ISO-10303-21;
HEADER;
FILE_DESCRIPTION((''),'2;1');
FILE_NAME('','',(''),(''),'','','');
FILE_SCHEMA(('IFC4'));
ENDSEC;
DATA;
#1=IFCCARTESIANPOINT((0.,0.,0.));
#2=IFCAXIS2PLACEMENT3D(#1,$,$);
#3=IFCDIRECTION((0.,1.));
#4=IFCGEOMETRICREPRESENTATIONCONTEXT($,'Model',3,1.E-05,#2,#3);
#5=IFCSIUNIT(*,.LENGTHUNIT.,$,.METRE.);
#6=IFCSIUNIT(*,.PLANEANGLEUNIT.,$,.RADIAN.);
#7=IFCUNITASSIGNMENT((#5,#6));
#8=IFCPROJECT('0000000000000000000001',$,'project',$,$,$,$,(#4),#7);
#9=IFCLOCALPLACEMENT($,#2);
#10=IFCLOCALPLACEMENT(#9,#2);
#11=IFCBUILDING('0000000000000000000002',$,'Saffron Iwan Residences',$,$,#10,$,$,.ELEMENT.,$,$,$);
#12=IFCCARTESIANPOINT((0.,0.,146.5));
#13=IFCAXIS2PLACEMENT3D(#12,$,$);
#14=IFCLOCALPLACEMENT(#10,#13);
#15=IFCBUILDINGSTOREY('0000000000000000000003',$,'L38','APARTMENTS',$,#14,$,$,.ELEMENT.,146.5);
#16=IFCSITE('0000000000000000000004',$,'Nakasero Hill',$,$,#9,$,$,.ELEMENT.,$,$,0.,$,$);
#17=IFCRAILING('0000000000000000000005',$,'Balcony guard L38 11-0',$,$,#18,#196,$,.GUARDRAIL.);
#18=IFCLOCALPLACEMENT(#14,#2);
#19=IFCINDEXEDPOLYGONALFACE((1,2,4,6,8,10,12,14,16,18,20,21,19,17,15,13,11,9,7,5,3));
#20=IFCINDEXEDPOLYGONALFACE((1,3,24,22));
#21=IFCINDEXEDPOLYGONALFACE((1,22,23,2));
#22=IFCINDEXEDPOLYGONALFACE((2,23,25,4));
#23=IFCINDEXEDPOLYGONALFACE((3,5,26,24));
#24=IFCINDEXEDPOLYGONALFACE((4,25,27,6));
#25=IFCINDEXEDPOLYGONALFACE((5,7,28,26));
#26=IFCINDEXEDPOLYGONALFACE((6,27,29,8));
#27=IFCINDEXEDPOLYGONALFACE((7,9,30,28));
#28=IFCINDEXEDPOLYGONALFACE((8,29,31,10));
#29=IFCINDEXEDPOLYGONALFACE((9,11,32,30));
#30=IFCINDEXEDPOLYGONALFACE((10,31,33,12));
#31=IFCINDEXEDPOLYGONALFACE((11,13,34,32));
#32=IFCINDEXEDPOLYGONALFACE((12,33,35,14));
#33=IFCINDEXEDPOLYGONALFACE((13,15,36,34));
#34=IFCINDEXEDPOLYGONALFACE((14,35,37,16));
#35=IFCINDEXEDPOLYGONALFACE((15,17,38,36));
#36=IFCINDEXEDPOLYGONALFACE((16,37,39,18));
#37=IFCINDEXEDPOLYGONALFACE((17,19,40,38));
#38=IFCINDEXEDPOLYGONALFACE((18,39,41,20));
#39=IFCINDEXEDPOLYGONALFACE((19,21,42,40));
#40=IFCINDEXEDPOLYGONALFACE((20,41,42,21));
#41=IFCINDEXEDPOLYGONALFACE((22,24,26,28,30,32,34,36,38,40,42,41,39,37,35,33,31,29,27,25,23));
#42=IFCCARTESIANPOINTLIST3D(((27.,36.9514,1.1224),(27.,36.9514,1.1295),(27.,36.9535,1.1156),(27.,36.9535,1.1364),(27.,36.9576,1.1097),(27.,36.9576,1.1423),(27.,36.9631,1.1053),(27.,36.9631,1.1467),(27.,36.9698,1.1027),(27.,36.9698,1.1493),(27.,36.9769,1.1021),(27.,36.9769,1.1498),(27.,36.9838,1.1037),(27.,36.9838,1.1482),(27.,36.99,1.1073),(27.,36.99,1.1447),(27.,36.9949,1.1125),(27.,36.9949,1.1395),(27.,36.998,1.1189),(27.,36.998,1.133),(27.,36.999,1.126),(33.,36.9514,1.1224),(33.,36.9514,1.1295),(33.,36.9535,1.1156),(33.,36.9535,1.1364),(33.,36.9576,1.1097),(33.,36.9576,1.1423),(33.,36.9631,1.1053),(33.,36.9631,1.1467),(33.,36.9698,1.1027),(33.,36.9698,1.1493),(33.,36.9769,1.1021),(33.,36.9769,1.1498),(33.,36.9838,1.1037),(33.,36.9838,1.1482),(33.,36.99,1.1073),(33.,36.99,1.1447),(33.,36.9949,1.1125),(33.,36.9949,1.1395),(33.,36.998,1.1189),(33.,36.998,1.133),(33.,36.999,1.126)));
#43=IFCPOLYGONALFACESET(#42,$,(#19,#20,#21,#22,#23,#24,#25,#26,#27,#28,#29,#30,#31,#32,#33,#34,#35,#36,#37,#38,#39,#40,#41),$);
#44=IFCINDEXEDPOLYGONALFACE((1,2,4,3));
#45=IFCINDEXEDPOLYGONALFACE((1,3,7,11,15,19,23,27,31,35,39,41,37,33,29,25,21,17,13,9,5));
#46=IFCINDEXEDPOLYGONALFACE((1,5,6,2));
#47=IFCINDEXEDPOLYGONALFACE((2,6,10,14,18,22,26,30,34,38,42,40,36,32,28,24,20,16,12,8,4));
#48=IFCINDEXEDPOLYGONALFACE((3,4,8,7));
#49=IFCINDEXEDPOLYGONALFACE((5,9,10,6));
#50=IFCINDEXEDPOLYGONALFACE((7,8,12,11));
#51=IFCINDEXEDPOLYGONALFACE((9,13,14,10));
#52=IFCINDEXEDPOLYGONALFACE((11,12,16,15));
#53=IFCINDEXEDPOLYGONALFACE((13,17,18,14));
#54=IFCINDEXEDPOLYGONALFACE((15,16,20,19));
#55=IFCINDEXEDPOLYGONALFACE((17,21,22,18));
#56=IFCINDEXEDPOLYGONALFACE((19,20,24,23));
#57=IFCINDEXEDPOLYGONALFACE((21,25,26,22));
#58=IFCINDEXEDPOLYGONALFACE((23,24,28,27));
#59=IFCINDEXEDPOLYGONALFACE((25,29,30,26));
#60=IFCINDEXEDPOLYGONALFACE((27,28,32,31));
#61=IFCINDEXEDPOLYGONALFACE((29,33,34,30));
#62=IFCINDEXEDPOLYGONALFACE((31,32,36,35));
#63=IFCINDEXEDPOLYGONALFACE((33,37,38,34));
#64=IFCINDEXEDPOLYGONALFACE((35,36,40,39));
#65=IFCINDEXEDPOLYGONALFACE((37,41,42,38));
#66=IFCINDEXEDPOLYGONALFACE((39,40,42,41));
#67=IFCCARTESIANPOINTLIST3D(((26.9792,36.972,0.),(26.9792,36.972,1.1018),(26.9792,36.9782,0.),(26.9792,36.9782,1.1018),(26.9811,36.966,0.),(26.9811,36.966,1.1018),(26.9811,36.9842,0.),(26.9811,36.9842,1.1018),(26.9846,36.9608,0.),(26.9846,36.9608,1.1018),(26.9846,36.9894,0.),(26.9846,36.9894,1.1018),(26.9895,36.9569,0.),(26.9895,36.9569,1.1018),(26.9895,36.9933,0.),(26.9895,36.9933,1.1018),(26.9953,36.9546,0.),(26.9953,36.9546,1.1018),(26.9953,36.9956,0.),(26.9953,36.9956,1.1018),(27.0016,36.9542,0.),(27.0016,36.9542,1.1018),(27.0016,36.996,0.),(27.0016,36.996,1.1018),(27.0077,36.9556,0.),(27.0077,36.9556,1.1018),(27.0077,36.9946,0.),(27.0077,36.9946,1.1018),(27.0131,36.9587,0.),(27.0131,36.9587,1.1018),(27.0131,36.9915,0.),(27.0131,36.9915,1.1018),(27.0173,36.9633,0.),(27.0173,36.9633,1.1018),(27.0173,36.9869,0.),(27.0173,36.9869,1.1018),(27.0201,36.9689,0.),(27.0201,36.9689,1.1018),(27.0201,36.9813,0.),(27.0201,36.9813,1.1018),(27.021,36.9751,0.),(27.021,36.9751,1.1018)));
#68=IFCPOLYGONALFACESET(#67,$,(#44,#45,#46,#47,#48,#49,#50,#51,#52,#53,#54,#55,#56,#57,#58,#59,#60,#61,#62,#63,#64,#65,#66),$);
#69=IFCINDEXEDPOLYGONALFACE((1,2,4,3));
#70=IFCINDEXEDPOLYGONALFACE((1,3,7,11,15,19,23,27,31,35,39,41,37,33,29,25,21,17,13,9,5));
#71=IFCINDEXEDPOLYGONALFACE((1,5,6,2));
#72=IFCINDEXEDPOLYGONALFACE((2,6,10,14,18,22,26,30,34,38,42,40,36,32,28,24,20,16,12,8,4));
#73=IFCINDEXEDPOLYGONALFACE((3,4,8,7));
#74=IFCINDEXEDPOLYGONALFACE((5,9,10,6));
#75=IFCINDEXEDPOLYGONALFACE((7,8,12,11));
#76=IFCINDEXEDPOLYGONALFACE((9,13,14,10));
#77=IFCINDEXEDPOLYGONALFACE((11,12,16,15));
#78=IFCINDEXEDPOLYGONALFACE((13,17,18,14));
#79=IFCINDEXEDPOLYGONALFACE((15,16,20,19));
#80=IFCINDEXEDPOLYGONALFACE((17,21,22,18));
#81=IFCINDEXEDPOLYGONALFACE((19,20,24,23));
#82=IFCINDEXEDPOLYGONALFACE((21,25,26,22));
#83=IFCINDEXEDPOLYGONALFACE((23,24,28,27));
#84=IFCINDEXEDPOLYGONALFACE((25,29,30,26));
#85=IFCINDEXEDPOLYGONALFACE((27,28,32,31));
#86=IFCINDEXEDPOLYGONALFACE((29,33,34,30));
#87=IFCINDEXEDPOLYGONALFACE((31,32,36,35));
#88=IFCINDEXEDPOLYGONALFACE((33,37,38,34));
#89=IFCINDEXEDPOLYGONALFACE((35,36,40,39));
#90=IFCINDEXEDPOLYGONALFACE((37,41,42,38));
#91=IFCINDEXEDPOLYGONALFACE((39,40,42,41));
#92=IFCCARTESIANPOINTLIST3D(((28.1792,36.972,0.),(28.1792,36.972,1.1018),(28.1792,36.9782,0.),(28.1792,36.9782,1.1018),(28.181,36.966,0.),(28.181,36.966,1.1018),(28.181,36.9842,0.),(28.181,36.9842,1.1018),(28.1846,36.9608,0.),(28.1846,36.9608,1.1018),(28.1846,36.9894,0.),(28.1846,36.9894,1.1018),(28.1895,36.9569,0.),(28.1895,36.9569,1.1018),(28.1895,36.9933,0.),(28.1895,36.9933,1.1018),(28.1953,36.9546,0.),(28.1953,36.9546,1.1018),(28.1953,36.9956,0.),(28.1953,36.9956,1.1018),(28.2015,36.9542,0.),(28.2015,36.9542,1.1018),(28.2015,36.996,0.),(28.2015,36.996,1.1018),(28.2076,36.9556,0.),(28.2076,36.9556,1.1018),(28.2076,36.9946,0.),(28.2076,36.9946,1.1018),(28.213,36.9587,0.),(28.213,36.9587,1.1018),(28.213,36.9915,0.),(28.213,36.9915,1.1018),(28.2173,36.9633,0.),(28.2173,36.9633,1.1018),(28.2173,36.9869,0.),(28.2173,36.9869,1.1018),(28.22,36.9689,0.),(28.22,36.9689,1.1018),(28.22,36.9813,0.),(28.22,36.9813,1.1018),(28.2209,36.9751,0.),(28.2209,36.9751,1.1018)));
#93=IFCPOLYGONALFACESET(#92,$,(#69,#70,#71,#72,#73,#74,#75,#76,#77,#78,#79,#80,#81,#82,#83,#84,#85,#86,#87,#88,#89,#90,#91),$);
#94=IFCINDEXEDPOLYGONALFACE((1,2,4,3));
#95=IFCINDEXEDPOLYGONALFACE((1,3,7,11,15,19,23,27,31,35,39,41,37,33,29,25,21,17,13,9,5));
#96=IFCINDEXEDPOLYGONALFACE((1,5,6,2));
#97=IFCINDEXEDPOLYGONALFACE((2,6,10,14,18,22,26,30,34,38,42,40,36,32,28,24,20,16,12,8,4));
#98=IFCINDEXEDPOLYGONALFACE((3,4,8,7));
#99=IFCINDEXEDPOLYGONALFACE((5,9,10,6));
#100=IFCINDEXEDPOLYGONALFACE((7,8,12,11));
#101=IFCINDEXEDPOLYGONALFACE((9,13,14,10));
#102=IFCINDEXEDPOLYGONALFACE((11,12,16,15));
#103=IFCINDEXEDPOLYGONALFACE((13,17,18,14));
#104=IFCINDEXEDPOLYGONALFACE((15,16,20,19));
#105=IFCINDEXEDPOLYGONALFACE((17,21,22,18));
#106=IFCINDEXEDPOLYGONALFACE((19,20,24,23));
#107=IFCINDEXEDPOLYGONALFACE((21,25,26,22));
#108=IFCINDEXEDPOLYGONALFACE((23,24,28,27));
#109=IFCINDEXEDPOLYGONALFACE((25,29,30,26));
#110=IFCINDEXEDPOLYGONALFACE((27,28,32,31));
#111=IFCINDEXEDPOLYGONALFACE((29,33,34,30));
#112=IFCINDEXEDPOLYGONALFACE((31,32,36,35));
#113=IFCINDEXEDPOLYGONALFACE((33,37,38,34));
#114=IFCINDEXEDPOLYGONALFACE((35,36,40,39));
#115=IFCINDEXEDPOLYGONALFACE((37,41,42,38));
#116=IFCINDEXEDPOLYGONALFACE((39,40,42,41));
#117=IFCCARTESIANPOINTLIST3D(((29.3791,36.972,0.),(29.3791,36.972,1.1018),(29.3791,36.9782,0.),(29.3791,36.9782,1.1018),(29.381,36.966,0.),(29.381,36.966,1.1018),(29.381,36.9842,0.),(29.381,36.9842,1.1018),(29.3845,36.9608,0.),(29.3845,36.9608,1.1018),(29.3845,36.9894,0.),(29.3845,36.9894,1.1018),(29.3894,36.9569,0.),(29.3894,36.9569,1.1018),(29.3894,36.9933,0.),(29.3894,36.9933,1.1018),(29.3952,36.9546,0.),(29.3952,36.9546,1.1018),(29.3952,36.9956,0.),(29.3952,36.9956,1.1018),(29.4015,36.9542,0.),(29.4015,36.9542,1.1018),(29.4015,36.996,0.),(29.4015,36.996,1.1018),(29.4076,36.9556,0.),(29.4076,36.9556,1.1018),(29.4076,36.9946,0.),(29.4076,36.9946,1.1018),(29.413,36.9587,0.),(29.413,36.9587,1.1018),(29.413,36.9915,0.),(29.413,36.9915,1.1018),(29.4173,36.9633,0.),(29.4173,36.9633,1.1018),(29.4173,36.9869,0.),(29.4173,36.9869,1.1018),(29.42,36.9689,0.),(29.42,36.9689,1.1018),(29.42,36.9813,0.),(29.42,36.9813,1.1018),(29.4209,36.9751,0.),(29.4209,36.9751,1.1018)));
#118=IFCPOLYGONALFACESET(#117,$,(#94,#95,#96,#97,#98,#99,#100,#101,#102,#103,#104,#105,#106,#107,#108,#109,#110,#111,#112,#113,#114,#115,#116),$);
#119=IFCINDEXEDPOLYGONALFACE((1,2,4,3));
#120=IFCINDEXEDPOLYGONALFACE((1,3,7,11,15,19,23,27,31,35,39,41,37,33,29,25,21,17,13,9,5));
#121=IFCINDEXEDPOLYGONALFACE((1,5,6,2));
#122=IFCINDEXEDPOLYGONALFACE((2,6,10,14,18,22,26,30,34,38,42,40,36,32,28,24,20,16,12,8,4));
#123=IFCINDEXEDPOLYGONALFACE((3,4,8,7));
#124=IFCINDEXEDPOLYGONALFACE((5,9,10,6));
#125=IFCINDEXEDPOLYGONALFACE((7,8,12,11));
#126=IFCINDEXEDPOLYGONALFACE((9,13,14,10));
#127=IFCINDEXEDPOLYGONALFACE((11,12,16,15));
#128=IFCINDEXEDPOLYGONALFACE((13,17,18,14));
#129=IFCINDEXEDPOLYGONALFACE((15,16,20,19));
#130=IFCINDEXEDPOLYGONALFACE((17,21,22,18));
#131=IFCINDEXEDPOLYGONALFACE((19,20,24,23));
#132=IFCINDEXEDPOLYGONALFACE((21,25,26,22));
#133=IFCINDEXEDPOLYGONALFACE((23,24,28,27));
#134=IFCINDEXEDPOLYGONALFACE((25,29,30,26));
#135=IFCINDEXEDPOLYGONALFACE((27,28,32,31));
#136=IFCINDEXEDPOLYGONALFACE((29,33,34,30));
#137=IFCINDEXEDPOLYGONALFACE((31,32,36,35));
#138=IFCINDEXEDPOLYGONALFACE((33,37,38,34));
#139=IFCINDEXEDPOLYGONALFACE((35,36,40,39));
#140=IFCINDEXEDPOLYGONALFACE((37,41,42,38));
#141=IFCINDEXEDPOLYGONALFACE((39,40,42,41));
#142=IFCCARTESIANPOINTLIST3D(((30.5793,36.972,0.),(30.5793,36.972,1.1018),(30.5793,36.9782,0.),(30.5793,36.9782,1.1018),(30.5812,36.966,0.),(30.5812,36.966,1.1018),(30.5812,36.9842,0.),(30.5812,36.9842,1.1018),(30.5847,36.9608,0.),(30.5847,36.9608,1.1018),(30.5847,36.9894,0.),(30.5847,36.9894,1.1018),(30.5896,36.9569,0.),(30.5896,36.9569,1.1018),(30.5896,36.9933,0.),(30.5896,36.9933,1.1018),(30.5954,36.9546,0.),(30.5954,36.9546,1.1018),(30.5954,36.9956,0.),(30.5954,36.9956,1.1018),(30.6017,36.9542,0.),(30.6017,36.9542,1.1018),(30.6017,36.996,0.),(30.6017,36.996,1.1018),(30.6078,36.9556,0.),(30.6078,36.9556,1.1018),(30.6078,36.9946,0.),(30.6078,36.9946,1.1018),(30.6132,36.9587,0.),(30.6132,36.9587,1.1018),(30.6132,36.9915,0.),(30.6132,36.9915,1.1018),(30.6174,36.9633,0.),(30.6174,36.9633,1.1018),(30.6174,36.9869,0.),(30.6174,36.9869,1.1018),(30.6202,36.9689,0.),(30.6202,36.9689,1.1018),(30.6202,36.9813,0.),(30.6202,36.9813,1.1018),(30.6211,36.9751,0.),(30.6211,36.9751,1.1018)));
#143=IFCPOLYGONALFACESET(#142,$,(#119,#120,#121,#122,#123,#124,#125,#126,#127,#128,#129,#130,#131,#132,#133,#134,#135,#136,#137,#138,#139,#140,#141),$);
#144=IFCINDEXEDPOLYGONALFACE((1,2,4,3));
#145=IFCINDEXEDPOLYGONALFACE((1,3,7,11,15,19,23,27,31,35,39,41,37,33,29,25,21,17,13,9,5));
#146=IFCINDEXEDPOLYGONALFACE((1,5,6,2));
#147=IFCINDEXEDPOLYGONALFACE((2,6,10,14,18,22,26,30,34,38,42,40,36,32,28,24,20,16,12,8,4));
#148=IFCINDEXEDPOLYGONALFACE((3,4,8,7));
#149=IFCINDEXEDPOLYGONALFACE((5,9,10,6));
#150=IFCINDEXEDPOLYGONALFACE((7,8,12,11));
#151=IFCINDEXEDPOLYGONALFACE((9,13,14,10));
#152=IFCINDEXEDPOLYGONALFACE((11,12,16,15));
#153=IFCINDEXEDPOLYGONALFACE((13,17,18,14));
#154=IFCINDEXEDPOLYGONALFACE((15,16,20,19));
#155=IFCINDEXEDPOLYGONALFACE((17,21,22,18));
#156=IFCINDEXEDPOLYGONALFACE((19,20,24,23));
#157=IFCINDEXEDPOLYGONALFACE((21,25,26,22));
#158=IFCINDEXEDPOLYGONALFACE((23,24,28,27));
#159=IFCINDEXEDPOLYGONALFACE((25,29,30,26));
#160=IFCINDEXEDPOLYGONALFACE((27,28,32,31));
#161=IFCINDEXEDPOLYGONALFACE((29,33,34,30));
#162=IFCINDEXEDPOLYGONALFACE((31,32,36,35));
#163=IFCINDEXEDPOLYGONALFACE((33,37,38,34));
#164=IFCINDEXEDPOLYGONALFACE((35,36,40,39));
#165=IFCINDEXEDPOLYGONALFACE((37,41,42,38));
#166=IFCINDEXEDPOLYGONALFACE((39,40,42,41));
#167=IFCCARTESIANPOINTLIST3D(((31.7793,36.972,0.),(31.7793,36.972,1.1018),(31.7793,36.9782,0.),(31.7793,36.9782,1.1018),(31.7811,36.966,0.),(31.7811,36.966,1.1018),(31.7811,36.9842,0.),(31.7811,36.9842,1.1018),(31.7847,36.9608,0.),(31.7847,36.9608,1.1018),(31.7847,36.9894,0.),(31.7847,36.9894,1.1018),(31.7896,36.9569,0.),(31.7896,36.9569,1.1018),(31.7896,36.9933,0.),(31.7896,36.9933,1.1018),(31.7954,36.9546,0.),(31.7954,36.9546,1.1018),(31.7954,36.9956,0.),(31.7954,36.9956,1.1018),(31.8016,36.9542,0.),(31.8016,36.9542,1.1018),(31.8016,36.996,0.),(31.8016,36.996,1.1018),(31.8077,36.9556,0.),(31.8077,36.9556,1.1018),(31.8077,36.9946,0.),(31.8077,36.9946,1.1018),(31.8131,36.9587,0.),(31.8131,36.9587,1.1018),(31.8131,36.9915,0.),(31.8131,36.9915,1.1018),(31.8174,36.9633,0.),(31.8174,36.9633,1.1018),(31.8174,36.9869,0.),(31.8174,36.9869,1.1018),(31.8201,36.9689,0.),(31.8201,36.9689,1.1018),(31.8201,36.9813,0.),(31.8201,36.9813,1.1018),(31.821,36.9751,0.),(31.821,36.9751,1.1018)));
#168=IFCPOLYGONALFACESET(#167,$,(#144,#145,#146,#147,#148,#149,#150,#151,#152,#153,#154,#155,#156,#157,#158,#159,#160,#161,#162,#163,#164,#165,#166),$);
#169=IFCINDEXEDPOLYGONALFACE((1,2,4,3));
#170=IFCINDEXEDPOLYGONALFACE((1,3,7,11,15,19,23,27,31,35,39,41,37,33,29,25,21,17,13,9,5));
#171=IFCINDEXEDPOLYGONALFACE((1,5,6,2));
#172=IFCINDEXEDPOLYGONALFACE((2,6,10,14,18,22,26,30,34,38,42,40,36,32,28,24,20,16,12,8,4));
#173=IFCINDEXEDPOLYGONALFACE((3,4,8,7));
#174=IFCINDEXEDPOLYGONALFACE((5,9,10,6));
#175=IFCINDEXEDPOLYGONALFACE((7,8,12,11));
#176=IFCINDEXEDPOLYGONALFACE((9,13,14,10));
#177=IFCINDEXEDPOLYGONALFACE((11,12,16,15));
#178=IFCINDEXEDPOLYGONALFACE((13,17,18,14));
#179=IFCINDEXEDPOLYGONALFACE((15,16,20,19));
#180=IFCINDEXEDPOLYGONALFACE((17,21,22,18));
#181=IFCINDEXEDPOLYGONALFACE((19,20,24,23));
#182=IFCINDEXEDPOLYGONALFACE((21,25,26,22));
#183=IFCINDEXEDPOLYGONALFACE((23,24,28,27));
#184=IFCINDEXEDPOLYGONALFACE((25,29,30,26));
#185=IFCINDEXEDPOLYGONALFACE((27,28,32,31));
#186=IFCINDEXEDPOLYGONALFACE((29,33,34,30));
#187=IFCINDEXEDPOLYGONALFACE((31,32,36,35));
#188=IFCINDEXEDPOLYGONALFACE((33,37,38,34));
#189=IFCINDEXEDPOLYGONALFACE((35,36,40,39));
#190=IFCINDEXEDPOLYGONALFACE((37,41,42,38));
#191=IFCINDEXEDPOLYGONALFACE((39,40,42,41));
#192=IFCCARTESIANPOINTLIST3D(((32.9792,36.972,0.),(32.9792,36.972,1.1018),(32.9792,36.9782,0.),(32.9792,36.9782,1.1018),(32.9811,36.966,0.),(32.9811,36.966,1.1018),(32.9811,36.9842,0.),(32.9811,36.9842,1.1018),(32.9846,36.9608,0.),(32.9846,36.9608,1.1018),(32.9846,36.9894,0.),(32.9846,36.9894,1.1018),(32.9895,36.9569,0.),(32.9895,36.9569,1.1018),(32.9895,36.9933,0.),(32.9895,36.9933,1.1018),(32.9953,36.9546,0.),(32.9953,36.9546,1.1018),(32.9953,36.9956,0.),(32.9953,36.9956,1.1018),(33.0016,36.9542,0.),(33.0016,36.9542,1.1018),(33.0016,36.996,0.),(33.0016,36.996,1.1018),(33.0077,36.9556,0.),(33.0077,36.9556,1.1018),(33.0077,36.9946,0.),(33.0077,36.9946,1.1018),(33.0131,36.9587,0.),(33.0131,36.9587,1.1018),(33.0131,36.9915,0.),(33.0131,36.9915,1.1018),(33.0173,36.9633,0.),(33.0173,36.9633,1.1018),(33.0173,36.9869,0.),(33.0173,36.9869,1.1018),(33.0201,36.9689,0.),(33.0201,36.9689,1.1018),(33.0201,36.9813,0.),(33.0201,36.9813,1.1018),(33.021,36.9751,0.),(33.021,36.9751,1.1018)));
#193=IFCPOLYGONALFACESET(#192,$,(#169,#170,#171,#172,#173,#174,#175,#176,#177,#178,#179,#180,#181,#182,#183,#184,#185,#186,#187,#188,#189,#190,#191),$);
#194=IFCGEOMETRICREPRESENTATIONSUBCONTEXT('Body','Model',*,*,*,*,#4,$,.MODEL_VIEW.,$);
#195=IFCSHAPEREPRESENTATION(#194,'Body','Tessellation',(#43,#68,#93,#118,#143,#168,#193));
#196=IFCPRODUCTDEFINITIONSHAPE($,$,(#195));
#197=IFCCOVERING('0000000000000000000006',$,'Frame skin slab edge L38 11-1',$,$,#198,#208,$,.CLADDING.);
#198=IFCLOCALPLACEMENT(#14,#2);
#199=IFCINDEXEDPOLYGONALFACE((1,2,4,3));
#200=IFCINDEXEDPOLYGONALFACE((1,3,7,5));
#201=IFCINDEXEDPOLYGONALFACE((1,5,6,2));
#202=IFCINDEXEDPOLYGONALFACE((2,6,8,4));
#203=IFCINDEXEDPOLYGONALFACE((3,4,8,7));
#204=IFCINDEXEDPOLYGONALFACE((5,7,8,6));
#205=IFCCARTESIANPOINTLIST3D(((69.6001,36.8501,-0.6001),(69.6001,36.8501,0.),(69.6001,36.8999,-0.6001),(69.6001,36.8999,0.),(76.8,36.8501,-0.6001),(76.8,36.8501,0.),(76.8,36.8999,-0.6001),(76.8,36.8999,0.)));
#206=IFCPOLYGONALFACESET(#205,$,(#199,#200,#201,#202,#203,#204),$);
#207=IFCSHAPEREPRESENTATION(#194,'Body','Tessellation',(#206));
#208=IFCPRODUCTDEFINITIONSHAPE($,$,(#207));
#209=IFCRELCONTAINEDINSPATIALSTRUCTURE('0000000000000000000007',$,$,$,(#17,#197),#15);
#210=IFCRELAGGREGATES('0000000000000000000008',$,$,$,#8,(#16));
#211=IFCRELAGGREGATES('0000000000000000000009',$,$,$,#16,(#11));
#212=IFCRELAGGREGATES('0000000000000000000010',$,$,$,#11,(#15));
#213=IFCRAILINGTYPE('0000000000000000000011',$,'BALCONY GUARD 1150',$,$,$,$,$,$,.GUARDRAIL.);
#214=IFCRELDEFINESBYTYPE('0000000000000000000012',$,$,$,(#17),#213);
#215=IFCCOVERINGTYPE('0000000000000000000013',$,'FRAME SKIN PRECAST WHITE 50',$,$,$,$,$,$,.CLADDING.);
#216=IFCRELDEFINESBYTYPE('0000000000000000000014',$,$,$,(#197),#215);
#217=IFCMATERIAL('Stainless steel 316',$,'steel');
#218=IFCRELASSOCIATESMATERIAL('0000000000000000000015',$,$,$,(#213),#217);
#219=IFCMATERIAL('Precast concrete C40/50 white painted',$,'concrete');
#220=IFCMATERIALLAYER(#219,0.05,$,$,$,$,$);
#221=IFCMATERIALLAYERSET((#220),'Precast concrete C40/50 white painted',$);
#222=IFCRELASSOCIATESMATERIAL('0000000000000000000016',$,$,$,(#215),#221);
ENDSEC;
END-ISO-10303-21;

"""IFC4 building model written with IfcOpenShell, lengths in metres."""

from ifc_helpers import new_model, si_unit, direction, frame, origin, origin_2d, place, context, subcontext, project, spatial, polyline, circle, outline, extrude, material, layer, layer_set, type_object, element, save


model = new_model("IFC4")

# Units and contexts
model_context = context("Model", 3, precision=1e-05, world=origin(), true_north=direction((0.0, 1.0)))
body_context = subcontext(model_context, "Body", "Model", "MODEL_VIEW")
ifc_project = project(units=[si_unit("LENGTHUNIT", "METRE"), si_unit("PLANEANGLEUNIT", "RADIAN")], contexts=[model_context])

# Site, building, storey
site_placement = place(None, origin())
site = spatial("IfcSite", under=ifc_project, at=site_placement, Name="Nakasero Hill", CompositionType="ELEMENT", RefElevation=0.0)
building_placement = place(site_placement, origin())
building = spatial("IfcBuilding", under=site, at=building_placement, Name="Saffron Iwan Residences", CompositionType="ELEMENT")
storey_placement = place(building_placement, frame((0.0, 0.0, 146.5)))
storey = spatial("IfcBuildingStorey", under=building, at=storey_placement, Name="L38", Description="APARTMENTS", CompositionType="ELEMENT", Elevation=146.5)

# Railing
ifc_material_1 = material(Name="Stainless steel 316", Category="steel")
railing_type = type_object("IfcRailingType", Name="BALCONY GUARD 1150", PredefinedType="GUARDRAIL", material=ifc_material_1)
railing_placement = place(storey_placement, frame((27.0, 36.9751, 0.0)))
element("IfcRailing", 1, at=railing_placement, inside=storey, type_object=railing_type, Name="Balcony guard L38 11-0", PredefinedType="GUARDRAIL", context=body_context, shape_type="SweptSolid", body=[
    extrude(circle(Radius=0.0239, at=origin_2d()), frame((0.0, 0.0, 1.126), z_axis=(1.0, 0.0, 0.0), x_axis=(0.0, 1.0, 0.0)), (0.0, 0.0, 1.0), 6.0),
    extrude(circle(Radius=0.021, at=origin_2d()), origin(), (0.0, 0.0, 1.0), 1.1018),
    extrude(circle(Radius=0.021, at=origin_2d()), frame((1.2, 0.0, 0.0)), (0.0, 0.0, 1.0), 1.1018),
    extrude(circle(Radius=0.021, at=origin_2d()), frame((2.3999, 0.0, 0.0)), (0.0, 0.0, 1.0), 1.1018),
    extrude(circle(Radius=0.021, at=origin_2d()), frame((3.6001, 0.0, 0.0)), (0.0, 0.0, 1.0), 1.1018),
    extrude(circle(Radius=0.021, at=origin_2d()), frame((4.8, 0.0, 0.0)), (0.0, 0.0, 1.0), 1.1018),
    extrude(circle(Radius=0.021, at=origin_2d()), frame((6.0, 0.0, 0.0)), (0.0, 0.0, 1.0), 1.1018),
])

# Covering
ifc_material_2 = material(Name="Precast concrete C40/50 white painted", Category="concrete")
ifc_layer_1 = layer(ifc_material_2, 0.05)
ifc_layer_set_1 = layer_set([ifc_layer_1], Name="Precast concrete C40/50 white painted")
covering_type_1 = type_object("IfcCoveringType", Name="FRAME SKIN PRECAST WHITE 50", PredefinedType="CLADDING", material=ifc_layer_set_1)
for number, where, name in (
    (2, (0.0, 0.0, -0.6001), "Frame skin slab edge L38 11-1"),
):
    element("IfcCovering", number, at=place(storey_placement, frame(where)), inside=storey, type_object=covering_type_1, Name=name, PredefinedType="CLADDING", context=body_context, shape_type="SweptSolid", body=[
        extrude(outline(polyline([(69.6001, 36.8501), (76.8, 36.8501), (76.8, 36.8999), (69.6001, 36.8999), (69.6001, 36.8501)])), origin(), (0.0, 0.0, 1.0), 0.6001),
    ])

save(model, "model.ifc")
